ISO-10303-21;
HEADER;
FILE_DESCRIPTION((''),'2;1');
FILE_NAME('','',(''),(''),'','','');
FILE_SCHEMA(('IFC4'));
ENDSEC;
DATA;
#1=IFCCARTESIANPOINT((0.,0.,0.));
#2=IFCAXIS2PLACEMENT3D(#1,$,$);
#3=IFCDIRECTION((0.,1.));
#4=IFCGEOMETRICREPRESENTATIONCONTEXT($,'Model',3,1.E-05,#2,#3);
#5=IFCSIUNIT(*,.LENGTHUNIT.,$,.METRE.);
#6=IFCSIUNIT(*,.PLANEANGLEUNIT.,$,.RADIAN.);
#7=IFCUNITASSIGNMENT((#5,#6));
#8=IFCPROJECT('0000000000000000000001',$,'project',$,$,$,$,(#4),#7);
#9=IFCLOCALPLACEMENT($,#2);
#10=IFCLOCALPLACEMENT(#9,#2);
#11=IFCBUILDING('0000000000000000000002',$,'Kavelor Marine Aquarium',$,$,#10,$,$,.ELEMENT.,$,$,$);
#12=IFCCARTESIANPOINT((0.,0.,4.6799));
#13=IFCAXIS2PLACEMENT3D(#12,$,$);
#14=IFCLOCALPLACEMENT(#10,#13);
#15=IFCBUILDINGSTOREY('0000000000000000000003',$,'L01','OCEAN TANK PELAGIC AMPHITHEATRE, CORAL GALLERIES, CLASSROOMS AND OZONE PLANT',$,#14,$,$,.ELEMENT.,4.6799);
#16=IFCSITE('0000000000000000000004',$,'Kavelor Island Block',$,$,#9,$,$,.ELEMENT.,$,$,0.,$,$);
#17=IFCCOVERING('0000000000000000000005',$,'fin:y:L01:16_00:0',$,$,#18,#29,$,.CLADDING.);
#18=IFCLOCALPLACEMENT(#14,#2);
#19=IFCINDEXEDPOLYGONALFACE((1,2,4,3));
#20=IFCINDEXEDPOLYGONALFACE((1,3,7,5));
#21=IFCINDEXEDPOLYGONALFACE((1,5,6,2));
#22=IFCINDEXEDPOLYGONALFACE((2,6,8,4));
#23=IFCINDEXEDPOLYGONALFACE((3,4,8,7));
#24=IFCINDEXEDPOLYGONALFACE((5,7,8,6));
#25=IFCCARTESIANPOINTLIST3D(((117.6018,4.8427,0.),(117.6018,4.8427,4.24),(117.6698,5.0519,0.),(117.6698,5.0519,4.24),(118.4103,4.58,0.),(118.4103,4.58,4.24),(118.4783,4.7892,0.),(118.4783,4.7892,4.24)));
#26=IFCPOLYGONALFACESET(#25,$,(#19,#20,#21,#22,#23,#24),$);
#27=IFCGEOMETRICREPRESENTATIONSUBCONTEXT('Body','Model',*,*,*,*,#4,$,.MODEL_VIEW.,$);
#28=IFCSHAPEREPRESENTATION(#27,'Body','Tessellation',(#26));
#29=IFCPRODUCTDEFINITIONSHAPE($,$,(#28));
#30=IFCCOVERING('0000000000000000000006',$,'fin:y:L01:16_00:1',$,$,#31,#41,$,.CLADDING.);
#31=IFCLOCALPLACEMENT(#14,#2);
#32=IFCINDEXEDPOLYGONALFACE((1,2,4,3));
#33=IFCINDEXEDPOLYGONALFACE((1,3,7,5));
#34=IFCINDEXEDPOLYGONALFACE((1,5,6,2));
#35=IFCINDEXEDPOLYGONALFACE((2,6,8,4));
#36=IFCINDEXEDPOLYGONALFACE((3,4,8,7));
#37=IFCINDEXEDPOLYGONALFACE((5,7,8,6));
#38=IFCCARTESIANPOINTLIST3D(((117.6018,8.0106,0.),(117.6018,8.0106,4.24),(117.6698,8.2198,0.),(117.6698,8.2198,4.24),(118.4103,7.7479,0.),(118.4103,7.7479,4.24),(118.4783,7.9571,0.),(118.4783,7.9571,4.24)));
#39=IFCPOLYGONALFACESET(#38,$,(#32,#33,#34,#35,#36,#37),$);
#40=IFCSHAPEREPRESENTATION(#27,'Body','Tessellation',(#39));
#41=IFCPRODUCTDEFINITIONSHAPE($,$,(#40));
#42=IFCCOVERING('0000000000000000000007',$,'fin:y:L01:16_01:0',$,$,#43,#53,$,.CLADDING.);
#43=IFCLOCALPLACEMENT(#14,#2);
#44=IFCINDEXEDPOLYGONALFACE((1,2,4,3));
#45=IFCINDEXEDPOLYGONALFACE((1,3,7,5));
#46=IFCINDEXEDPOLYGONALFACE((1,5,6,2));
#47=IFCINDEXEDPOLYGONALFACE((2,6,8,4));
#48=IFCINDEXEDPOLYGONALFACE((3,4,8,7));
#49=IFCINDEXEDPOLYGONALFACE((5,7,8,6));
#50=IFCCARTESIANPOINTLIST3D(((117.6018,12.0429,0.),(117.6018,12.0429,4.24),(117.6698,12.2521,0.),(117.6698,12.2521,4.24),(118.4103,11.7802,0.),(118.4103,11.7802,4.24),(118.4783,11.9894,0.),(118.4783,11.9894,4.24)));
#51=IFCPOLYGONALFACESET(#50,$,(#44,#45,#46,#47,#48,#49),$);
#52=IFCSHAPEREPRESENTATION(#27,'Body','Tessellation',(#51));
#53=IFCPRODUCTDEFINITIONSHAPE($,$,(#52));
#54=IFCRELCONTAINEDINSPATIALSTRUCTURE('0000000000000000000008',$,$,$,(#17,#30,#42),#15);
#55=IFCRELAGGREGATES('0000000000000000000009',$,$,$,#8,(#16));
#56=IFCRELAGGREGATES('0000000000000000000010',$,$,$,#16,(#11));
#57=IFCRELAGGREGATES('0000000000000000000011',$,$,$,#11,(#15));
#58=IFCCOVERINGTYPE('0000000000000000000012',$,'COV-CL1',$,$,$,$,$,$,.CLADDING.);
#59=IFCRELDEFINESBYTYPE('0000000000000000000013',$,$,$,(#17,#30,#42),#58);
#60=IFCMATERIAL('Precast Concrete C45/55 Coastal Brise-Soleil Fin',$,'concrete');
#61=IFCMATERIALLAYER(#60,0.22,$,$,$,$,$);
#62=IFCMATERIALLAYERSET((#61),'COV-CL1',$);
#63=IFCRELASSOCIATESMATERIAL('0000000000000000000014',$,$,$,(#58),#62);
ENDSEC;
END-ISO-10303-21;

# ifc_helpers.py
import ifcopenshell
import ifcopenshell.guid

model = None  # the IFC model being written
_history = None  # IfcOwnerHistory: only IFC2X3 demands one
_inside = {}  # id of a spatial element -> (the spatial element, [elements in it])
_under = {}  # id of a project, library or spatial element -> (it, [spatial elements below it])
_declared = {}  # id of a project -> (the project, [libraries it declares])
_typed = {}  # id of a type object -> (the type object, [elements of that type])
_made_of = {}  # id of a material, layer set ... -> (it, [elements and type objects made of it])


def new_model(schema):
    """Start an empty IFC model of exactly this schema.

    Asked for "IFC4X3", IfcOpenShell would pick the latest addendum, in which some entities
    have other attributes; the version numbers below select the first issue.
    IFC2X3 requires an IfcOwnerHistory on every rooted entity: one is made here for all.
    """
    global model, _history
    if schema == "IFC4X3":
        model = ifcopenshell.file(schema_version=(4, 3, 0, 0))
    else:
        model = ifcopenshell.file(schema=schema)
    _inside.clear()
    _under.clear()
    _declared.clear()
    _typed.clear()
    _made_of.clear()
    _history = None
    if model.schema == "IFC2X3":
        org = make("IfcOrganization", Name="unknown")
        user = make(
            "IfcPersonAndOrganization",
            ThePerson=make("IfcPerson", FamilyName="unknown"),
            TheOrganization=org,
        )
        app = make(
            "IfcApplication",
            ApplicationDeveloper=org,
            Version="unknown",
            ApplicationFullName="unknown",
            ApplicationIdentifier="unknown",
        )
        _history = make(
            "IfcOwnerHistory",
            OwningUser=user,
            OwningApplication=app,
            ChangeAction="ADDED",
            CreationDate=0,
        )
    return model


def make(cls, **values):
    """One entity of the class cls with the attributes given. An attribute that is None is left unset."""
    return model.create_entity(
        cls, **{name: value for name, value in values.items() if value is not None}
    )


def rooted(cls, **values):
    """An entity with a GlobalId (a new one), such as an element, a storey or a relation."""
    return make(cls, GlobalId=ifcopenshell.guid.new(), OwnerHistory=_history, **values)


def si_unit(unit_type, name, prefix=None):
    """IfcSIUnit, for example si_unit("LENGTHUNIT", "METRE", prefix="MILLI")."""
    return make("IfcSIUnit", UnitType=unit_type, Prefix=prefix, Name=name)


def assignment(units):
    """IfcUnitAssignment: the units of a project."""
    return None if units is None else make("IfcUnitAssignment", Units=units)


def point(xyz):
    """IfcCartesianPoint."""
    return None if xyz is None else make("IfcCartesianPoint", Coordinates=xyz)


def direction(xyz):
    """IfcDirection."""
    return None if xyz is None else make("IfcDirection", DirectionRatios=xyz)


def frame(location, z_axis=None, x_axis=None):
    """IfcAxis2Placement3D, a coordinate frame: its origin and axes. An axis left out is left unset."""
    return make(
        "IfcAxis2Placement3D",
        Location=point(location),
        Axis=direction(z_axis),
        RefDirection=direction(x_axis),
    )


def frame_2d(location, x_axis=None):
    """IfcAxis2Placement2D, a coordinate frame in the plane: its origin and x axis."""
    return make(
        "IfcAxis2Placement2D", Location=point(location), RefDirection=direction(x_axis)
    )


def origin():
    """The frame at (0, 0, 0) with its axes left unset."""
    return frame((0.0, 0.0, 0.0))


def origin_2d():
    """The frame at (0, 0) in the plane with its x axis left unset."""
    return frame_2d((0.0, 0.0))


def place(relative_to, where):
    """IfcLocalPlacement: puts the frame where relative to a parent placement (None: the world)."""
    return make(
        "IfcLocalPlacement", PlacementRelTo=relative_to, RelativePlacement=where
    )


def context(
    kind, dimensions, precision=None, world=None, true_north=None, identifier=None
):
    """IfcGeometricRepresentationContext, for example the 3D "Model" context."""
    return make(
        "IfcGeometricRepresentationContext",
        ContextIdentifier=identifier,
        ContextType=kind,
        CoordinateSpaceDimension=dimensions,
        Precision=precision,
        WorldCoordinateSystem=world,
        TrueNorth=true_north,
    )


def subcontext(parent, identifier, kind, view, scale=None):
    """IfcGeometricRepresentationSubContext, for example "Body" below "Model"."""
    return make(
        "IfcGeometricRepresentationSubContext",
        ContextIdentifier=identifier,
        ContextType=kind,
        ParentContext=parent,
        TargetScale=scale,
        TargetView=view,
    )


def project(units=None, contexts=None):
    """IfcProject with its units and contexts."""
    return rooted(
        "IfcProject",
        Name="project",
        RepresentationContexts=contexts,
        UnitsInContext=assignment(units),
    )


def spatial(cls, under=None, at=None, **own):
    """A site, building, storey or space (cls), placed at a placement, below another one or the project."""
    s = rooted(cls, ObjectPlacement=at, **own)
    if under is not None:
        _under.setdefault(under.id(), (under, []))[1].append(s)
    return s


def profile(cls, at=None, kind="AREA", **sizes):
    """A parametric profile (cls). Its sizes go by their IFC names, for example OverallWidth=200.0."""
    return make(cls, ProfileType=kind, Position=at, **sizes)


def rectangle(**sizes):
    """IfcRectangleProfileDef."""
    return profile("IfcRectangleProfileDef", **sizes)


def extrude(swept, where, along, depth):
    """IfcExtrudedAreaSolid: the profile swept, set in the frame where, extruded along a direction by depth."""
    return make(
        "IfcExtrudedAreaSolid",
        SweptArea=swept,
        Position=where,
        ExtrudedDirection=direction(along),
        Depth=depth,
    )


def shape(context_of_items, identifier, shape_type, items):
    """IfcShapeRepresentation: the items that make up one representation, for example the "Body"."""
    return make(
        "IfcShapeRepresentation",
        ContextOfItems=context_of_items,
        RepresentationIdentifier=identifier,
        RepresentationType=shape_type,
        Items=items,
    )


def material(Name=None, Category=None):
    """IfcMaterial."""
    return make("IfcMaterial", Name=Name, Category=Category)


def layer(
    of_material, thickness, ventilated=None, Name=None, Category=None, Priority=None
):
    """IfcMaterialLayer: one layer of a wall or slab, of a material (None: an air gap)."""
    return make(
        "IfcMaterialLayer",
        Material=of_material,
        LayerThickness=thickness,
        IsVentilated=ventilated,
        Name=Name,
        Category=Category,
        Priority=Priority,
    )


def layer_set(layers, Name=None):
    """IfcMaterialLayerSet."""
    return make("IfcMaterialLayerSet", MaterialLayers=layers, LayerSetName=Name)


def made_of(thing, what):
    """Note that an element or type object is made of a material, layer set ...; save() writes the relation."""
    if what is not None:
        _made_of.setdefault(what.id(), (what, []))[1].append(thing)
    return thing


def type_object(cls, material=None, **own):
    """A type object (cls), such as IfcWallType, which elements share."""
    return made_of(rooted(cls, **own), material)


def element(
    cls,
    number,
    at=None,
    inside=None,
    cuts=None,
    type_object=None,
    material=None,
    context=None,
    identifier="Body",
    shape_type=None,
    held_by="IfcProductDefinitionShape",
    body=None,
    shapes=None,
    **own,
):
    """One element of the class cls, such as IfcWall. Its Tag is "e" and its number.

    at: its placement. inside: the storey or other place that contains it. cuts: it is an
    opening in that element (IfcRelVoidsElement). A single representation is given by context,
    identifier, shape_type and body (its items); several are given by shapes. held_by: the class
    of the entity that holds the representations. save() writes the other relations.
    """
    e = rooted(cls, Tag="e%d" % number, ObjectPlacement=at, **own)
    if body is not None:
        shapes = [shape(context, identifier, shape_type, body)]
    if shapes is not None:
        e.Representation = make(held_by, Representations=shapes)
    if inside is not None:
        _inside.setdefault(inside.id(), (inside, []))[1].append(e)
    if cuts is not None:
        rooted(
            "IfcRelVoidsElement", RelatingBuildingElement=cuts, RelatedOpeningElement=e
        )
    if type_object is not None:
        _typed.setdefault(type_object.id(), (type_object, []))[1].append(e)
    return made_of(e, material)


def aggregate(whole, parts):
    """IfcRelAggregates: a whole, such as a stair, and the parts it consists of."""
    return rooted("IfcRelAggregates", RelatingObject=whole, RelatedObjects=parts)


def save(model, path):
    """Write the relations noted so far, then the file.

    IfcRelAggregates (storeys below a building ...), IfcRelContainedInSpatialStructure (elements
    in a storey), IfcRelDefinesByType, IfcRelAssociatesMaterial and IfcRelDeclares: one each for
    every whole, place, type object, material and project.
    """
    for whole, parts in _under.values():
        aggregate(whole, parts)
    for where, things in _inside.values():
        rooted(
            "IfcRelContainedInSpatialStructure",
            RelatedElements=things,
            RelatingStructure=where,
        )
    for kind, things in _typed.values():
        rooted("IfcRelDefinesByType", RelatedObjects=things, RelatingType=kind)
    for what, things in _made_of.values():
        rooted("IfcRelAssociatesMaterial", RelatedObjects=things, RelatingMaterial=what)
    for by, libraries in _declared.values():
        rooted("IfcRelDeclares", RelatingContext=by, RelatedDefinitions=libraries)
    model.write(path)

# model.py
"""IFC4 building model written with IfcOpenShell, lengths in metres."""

from ifc_helpers import new_model, si_unit, direction, frame, origin, origin_2d, place, context, subcontext, project, spatial, rectangle, extrude, material, layer, layer_set, type_object, element, save


model = new_model("IFC4")

# Units and contexts
model_context = context("Model", 3, precision=1e-05, world=origin(), true_north=direction((0.0, 1.0)))
body_context = subcontext(model_context, "Body", "Model", "MODEL_VIEW")
ifc_project = project(units=[si_unit("LENGTHUNIT", "METRE"), si_unit("PLANEANGLEUNIT", "RADIAN")], contexts=[model_context])

# Site, building, storey
site_placement = place(None, origin())
site = spatial("IfcSite", under=ifc_project, at=site_placement, Name="Kavelor Island Block", CompositionType="ELEMENT", RefElevation=0.0)
building_placement = place(site_placement, origin())
building = spatial("IfcBuilding", under=site, at=building_placement, Name="Kavelor Marine Aquarium", CompositionType="ELEMENT")
storey_placement = place(building_placement, frame((0.0, 0.0, 4.6799)))
storey = spatial("IfcBuildingStorey", under=building, at=storey_placement, Name="L01", Description="OCEAN TANK PELAGIC AMPHITHEATRE, CORAL GALLERIES, CLASSROOMS AND OZONE PLANT", CompositionType="ELEMENT", Elevation=4.6799)

# Coverings
ifc_material_1 = material(Name="Precast Concrete C45/55 Coastal Brise-Soleil Fin", Category="concrete")
ifc_layer_1 = layer(ifc_material_1, 0.22)
ifc_layer_set_1 = layer_set([ifc_layer_1], Name="COV-CL1")
covering_type = type_object("IfcCoveringType", Name="COV-CL1", PredefinedType="CLADDING", material=ifc_layer_set_1)
for number, where, z_axis, x_axis, name in (
    (1, (118.04, 4.8159, 0.0), (0.0, 0.0, 1.0), (0.951057, -0.309017, 0.0), "fin:y:L01:16_00:0"),
    (2, (118.04, 7.9839, 0.0), (0.0, 0.0, 1.0), (0.951057, -0.309017, 0.0), "fin:y:L01:16_00:1"),
    (3, (118.04, 12.0161, 0.0), (0.0, 0.0, 1.0), (0.951057, -0.309017, 0.0), "fin:y:L01:16_01:0"),
):
    element("IfcCovering", number, at=place(storey_placement, frame(where, z_axis=z_axis, x_axis=x_axis)), inside=storey, type_object=covering_type, Name=name, PredefinedType="CLADDING", context=body_context, shape_type="SweptSolid", body=[
        extrude(rectangle(XDim=0.8501, YDim=0.22, at=origin_2d()), origin(), (0.0, 0.0, 1.0), 4.24),
    ])

save(model, "model.ifc")
